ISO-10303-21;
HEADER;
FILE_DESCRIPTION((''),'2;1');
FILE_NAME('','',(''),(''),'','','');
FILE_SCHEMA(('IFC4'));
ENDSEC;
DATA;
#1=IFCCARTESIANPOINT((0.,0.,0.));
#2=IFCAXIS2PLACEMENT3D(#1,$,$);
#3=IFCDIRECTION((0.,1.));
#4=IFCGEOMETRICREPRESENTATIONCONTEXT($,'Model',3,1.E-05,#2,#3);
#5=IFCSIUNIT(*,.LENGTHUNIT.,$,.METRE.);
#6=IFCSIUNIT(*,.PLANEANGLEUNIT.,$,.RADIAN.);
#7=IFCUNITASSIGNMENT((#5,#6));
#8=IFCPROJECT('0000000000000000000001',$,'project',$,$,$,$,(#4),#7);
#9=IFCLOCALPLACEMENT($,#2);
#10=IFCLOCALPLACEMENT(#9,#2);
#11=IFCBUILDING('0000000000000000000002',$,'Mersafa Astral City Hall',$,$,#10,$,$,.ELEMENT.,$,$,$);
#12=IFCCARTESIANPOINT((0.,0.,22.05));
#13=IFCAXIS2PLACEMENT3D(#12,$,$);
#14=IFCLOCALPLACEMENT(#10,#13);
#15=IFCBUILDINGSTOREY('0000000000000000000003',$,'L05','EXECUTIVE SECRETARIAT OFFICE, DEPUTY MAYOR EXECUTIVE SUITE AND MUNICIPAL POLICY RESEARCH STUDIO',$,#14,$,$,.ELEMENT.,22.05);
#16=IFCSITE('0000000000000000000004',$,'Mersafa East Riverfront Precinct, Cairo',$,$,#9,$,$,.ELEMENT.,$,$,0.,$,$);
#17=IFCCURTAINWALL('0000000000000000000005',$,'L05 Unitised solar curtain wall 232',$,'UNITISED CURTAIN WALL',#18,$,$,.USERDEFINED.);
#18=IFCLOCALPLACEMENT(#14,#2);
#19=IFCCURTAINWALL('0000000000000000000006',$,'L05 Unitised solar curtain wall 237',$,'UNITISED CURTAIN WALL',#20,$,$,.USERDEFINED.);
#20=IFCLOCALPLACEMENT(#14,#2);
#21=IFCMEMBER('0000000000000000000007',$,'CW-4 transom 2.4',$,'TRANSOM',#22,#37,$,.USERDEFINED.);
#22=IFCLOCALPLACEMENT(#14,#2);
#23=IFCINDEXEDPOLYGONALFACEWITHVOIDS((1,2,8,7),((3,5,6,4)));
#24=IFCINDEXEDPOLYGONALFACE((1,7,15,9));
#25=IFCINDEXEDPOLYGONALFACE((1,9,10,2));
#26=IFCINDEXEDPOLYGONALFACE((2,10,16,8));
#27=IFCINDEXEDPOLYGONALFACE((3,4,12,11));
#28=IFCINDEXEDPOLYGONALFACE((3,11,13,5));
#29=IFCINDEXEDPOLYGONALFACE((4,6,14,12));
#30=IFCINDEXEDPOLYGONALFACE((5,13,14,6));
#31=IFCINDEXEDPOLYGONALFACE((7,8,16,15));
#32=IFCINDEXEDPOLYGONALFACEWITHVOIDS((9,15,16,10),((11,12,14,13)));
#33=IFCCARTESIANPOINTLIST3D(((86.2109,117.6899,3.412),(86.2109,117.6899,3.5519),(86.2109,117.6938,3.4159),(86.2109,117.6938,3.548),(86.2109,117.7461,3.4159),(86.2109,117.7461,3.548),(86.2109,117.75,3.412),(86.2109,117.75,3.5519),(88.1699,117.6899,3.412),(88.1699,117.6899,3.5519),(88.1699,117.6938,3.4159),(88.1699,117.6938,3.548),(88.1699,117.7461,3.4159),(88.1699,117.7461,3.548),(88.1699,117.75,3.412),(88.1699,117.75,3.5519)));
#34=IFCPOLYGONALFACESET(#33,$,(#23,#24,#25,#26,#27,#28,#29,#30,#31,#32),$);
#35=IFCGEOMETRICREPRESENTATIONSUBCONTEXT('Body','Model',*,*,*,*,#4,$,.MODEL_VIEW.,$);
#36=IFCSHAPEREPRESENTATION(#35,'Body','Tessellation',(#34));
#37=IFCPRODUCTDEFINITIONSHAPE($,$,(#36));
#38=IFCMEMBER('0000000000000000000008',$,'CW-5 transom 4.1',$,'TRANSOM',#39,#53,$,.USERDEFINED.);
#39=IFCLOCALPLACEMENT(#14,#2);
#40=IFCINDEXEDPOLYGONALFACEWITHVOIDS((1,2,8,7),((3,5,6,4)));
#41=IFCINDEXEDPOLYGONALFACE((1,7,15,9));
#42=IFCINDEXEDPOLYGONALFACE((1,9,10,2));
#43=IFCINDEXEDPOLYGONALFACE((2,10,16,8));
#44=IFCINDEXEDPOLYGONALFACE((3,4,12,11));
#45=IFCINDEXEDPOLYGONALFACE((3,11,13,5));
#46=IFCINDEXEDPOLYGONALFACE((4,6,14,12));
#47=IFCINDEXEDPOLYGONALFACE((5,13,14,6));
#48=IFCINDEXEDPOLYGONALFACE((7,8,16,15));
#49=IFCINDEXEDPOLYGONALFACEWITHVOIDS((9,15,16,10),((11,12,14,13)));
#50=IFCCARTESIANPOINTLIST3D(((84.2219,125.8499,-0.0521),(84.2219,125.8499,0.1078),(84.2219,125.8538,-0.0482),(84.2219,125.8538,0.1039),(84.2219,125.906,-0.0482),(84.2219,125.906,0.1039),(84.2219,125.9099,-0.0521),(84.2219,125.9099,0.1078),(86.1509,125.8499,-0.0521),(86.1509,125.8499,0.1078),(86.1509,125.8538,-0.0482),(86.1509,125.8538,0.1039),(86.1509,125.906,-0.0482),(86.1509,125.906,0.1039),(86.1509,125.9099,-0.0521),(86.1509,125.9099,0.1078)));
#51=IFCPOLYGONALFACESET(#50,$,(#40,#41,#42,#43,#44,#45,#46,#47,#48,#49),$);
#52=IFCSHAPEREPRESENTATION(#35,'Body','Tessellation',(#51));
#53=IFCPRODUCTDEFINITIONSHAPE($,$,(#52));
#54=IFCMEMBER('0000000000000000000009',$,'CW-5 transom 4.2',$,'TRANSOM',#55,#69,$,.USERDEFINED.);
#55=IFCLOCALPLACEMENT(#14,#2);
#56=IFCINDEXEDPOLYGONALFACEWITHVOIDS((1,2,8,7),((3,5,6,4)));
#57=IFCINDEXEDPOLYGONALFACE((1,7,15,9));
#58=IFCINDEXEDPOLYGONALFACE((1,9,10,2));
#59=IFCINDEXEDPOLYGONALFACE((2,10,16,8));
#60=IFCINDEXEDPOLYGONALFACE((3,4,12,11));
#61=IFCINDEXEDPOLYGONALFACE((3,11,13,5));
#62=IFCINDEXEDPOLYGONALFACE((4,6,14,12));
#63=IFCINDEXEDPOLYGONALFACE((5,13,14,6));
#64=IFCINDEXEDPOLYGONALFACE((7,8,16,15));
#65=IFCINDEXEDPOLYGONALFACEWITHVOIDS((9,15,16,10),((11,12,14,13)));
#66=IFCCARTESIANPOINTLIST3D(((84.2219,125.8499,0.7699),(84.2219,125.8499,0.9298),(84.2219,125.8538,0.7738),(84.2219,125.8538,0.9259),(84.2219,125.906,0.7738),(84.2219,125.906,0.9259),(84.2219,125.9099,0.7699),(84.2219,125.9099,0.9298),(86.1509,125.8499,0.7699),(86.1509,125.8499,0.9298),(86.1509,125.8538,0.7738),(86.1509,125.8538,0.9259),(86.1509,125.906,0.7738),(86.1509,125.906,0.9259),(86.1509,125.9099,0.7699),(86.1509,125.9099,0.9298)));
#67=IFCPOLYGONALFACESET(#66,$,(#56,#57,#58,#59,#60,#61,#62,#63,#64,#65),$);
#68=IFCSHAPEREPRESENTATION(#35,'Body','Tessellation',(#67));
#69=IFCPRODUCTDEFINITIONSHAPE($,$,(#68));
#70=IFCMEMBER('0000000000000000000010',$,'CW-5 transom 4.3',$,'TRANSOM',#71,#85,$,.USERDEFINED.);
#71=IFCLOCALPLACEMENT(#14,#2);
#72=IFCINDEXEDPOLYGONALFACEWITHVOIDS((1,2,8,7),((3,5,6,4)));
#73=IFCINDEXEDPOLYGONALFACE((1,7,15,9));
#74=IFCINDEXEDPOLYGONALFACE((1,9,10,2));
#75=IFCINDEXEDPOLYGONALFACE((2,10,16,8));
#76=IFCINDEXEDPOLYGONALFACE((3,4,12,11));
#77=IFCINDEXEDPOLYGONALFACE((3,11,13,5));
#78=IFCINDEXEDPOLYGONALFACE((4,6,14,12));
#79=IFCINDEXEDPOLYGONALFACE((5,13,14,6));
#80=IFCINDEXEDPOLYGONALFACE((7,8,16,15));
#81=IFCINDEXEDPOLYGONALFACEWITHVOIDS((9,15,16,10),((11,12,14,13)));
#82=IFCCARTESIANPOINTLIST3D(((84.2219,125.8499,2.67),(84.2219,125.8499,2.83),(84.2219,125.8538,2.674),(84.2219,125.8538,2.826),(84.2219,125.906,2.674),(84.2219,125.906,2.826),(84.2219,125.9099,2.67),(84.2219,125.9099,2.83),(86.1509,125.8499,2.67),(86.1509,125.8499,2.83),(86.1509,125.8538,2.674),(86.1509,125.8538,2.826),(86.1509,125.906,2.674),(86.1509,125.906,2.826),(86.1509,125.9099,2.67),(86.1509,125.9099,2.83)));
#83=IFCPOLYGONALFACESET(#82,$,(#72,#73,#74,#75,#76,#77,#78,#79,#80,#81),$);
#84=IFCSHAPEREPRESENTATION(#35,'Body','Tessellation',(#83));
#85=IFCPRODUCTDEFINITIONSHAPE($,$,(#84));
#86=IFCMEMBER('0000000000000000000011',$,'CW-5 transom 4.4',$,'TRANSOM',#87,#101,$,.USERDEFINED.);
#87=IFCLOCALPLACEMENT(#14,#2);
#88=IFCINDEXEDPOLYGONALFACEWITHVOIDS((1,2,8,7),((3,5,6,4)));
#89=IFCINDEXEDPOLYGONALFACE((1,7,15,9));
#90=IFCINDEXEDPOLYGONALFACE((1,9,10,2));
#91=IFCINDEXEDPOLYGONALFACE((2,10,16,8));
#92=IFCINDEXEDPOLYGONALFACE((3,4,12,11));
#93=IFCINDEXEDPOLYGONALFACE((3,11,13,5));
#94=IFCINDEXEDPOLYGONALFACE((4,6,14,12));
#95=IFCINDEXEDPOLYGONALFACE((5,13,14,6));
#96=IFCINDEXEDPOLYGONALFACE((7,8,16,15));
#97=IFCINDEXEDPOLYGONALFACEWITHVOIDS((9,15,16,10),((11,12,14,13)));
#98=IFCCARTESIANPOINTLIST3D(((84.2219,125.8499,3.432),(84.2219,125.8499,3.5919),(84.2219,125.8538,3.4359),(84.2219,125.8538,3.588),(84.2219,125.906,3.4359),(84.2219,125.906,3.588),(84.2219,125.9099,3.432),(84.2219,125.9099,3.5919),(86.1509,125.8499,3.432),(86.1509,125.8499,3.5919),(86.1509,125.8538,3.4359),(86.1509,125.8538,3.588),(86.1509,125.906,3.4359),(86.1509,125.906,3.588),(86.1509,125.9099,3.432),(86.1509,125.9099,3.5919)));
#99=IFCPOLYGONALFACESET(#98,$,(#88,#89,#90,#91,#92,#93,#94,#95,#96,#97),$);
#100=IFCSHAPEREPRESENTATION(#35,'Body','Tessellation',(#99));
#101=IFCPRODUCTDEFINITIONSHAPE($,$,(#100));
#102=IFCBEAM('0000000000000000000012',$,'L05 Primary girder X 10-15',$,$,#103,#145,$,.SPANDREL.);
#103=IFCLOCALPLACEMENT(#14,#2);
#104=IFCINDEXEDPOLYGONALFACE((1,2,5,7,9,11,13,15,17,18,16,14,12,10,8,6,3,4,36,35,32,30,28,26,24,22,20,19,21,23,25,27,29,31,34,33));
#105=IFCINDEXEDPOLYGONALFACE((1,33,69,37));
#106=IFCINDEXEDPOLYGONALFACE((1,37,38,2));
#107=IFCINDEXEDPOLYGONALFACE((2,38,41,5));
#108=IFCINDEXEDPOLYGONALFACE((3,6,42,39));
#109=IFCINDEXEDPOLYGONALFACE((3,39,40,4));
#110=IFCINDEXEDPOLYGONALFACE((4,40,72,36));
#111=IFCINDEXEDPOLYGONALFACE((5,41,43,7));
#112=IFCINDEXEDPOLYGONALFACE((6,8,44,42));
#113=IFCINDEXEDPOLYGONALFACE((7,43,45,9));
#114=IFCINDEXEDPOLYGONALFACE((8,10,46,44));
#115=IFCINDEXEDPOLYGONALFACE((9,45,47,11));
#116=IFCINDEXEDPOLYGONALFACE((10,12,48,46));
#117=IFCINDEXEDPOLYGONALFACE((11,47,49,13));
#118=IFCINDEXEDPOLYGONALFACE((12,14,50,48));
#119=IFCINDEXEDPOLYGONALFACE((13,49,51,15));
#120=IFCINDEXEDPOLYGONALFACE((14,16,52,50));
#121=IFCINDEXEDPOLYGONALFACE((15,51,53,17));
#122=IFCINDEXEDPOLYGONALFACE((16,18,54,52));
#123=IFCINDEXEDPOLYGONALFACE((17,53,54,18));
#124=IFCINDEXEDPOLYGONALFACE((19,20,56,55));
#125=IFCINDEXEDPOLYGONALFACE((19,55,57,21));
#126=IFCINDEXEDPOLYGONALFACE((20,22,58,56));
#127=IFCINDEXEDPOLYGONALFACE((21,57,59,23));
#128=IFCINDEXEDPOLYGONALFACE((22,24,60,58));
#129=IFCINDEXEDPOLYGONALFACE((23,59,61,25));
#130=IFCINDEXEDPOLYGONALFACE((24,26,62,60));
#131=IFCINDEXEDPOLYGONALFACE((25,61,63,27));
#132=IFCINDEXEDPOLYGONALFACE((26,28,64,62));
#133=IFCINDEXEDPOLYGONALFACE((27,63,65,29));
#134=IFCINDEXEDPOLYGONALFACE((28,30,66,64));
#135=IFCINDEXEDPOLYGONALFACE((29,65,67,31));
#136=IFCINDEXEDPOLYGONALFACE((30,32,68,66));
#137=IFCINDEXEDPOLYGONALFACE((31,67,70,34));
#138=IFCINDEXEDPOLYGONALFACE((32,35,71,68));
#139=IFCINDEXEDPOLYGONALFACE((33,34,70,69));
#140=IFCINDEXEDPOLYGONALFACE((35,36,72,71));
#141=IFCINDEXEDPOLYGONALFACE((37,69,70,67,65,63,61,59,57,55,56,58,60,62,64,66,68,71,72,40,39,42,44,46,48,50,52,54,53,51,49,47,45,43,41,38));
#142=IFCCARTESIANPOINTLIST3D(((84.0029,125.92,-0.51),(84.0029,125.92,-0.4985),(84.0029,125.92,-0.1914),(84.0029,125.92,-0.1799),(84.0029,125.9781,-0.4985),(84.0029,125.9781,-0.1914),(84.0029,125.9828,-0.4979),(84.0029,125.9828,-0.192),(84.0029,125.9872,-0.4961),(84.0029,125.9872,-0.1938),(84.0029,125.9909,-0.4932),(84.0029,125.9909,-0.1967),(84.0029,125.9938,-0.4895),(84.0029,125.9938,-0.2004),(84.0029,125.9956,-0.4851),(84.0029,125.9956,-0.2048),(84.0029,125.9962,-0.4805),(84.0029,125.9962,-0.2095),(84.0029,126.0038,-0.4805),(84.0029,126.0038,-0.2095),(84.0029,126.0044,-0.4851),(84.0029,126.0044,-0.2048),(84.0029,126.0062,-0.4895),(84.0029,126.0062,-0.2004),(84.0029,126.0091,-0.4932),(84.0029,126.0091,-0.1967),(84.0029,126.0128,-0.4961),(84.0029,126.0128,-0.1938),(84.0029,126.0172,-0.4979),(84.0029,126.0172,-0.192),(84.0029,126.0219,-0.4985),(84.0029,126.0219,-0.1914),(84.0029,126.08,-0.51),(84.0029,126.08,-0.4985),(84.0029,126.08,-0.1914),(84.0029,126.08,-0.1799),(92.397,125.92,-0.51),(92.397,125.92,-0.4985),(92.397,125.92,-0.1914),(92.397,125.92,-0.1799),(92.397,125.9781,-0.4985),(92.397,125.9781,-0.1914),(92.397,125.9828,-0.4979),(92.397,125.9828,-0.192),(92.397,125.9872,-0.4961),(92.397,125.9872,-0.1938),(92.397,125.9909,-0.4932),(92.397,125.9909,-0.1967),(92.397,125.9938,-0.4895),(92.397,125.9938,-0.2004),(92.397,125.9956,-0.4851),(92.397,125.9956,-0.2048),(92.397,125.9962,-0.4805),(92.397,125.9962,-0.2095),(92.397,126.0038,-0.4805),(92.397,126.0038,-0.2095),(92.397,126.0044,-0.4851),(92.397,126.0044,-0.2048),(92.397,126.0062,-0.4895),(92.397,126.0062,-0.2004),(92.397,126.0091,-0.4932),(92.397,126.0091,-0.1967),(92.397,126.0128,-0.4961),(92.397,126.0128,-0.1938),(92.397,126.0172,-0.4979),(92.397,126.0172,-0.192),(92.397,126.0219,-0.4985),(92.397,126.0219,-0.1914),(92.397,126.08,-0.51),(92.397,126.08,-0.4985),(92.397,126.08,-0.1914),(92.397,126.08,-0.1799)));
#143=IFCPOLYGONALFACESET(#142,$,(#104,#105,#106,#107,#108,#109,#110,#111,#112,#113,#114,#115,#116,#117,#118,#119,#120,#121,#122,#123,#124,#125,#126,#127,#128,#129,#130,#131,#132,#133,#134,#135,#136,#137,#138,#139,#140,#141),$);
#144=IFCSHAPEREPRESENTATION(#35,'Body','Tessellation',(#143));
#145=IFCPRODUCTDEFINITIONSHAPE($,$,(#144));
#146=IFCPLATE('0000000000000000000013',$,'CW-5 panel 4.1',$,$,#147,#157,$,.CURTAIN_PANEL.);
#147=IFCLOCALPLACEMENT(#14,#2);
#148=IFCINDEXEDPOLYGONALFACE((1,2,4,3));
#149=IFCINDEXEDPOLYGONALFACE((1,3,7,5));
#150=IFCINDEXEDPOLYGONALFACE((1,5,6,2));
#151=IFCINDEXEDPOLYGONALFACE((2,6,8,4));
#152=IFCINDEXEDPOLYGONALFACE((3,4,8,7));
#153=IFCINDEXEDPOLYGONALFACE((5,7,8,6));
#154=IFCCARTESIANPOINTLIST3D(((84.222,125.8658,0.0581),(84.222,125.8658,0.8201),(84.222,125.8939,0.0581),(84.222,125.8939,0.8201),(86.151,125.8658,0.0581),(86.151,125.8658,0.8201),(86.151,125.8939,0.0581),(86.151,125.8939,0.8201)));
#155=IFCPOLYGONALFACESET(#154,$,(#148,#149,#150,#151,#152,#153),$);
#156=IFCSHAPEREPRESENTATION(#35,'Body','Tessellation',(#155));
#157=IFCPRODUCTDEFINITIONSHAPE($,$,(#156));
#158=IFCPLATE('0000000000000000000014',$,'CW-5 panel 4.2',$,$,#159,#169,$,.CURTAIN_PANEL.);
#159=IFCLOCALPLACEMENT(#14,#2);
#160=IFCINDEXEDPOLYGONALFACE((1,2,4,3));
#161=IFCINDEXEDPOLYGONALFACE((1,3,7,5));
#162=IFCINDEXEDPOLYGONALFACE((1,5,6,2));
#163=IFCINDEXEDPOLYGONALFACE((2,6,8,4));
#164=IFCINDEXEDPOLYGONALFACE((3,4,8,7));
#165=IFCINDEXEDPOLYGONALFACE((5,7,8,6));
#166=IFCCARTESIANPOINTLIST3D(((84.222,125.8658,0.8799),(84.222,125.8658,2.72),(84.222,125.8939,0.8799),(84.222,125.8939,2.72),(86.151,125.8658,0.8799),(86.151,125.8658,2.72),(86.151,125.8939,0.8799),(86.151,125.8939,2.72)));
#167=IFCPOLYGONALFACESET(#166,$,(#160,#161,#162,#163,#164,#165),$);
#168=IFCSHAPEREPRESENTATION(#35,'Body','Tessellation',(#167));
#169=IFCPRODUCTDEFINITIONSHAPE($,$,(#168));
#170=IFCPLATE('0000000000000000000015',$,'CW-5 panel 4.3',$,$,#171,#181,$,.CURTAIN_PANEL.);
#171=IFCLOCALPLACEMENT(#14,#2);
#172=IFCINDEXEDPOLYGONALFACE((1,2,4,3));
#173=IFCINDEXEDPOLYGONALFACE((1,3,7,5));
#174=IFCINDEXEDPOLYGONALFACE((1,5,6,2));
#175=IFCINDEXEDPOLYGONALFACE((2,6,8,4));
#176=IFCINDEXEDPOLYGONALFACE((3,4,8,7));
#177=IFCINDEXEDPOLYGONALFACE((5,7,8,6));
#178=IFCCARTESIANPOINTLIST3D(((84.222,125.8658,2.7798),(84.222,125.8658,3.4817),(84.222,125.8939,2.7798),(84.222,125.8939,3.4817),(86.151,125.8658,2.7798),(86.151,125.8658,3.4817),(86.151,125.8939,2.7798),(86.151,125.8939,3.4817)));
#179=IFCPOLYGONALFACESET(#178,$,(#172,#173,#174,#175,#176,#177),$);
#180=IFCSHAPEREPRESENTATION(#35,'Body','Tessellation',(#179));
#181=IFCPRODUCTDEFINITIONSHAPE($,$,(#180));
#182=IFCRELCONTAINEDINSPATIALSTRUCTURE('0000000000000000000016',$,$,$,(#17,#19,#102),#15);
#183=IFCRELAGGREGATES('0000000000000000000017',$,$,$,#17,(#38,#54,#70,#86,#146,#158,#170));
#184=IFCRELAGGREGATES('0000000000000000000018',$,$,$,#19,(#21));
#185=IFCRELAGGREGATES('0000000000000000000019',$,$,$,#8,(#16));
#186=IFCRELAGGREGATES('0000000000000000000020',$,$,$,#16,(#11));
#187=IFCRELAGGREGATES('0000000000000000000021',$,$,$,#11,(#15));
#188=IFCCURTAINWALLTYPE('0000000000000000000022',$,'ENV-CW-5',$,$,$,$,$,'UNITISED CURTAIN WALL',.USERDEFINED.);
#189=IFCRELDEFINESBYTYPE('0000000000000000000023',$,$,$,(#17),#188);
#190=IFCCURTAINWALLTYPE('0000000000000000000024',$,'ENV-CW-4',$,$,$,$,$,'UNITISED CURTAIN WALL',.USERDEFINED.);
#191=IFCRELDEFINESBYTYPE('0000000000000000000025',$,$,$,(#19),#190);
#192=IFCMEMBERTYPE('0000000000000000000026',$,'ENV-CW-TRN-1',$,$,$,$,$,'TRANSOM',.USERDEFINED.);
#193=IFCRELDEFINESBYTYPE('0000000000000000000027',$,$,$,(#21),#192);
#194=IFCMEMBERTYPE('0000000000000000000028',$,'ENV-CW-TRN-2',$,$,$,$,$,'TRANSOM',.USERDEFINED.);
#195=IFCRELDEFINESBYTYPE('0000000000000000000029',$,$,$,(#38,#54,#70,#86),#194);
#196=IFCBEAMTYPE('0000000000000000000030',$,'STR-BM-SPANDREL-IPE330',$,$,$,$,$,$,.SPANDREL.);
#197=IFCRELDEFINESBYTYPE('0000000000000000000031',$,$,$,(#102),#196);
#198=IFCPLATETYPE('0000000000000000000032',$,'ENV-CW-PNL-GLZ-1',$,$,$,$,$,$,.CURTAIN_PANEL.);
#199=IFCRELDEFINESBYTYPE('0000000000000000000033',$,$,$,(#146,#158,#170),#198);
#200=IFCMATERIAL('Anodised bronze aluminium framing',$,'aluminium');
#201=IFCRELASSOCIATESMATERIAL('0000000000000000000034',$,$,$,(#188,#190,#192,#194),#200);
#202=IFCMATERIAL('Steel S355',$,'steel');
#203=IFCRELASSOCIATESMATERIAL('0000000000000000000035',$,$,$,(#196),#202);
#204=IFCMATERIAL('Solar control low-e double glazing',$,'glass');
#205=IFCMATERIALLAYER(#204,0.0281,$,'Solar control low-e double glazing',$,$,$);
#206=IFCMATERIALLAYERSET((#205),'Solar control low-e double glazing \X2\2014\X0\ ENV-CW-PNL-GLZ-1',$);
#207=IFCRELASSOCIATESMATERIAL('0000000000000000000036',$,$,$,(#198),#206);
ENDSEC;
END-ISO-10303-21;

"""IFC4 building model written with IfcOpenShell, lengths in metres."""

from ifc_helpers import new_model, si_unit, direction, frame, origin, origin_2d, place, context, subcontext, project, spatial, rectangle, hollow_rectangle, i_section, extrude, material, layer, layer_set, material_profile, profile_set, type_object, element, aggregate, save


model = new_model("IFC4")

# Units and contexts
model_context = context("Model", 3, precision=1e-05, world=origin(), true_north=direction((0.0, 1.0)))
body_context = subcontext(model_context, "Body", "Model", "MODEL_VIEW")
ifc_project = project(units=[si_unit("LENGTHUNIT", "METRE"), si_unit("PLANEANGLEUNIT", "RADIAN")], contexts=[model_context])

# Site, building, storey
site_placement = place(None, origin())
site = spatial("IfcSite", under=ifc_project, at=site_placement, Name="Mersafa East Riverfront Precinct, Cairo", CompositionType="ELEMENT", RefElevation=0.0)
building_placement = place(site_placement, origin())
building = spatial("IfcBuilding", under=site, at=building_placement, Name="Mersafa Astral City Hall", CompositionType="ELEMENT")
storey_placement = place(building_placement, frame((0.0, 0.0, 22.05)))
storey = spatial("IfcBuildingStorey", under=building, at=storey_placement, Name="L05", Description="EXECUTIVE SECRETARIAT OFFICE, DEPUTY MAYOR EXECUTIVE SUITE AND MUNICIPAL POLICY RESEARCH STUDIO", CompositionType="ELEMENT", Elevation=22.05)

# Curtain walls, member
ifc_material_1 = material(Name="Anodised bronze aluminium framing", Category="aluminium")
curtain_wall_type_1 = type_object("IfcCurtainWallType", Name="ENV-CW-5", ElementType="UNITISED CURTAIN WALL", PredefinedType="USERDEFINED", material=ifc_material_1)
curtain_wall_1_placement = place(storey_placement, origin())
curtain_wall_1 = element("IfcCurtainWall", 1, at=curtain_wall_1_placement, inside=storey, type_object=curtain_wall_type_1, Name="L05 Unitised solar curtain wall 232", ObjectType="UNITISED CURTAIN WALL", PredefinedType="USERDEFINED")
curtain_wall_type_2 = type_object("IfcCurtainWallType", Name="ENV-CW-4", ElementType="UNITISED CURTAIN WALL", PredefinedType="USERDEFINED", material=ifc_material_1)
curtain_wall_2_placement = place(storey_placement, origin())
curtain_wall_2 = element("IfcCurtainWall", 2, at=curtain_wall_2_placement, inside=storey, type_object=curtain_wall_type_2, Name="L05 Unitised solar curtain wall 237", ObjectType="UNITISED CURTAIN WALL", PredefinedType="USERDEFINED")
ifc_material_profile_1 = material_profile(ifc_material_1, hollow_rectangle(XDim=0.0601, YDim=0.1399, WallThickness=0.0039, at=origin_2d()), Name="RHS 60x140x4")
ifc_profile_set_1 = profile_set([ifc_material_profile_1], Name="Anodised bronze aluminium framing")
member_type_1 = type_object("IfcMemberType", Name="ENV-CW-TRN-1", ElementType="TRANSOM", PredefinedType="USERDEFINED", material=ifc_profile_set_1)
member_1_placement = place(storey_placement, frame((86.2109, 117.72, 3.4819), z_axis=(1.0, 0.0, 0.0), x_axis=(0.0, 1.0, 0.0)))
member_1 = element("IfcMember", 3, at=member_1_placement, type_object=member_type_1, Name="CW-4 transom 2.4", ObjectType="TRANSOM", PredefinedType="USERDEFINED", context=body_context, shape_type="SweptSolid", body=[
    extrude(hollow_rectangle(XDim=0.0601, YDim=0.1399, WallThickness=0.0039, at=origin_2d()), origin(), (0.0, 0.0, 1.0), 1.959),
])

# Members
ifc_material_profile_2 = material_profile(ifc_material_1, hollow_rectangle(XDim=0.0601, YDim=0.1599, WallThickness=0.0039, at=origin_2d()), Name="RHS 60x160x4")
ifc_profile_set_2 = profile_set([ifc_material_profile_2], Name="Anodised bronze aluminium framing")
member_type_2 = type_object("IfcMemberType", Name="ENV-CW-TRN-2", ElementType="TRANSOM", PredefinedType="USERDEFINED", material=ifc_profile_set_2)
member_2_placement = place(storey_placement, frame((86.1509, 125.8799, 0.0278), z_axis=(-1.0, 0.0, 0.0), x_axis=(0.0, -1.0, 0.0)))
member_2 = element("IfcMember", 4, at=member_2_placement, type_object=member_type_2, Name="CW-5 transom 4.1", ObjectType="TRANSOM", PredefinedType="USERDEFINED", context=body_context, shape_type="SweptSolid", body=[
    extrude(hollow_rectangle(XDim=0.0601, YDim=0.1599, WallThickness=0.0039, at=origin_2d()), origin(), (0.0, 0.0, 1.0), 1.929),
])
member_3_placement = place(storey_placement, frame((86.1509, 125.8799, 0.8499), z_axis=(-1.0, 0.0, 0.0), x_axis=(0.0, -1.0, 0.0)))
member_3 = element("IfcMember", 5, at=member_3_placement, type_object=member_type_2, Name="CW-5 transom 4.2", ObjectType="TRANSOM", PredefinedType="USERDEFINED", context=body_context, shape_type="SweptSolid", body=[
    extrude(hollow_rectangle(XDim=0.0601, YDim=0.1599, WallThickness=0.0039, at=origin_2d()), origin(), (0.0, 0.0, 1.0), 1.929),
])
member_4_placement = place(storey_placement, frame((86.1509, 125.8799, 2.75), z_axis=(-1.0, 0.0, 0.0), x_axis=(0.0, -1.0, 0.0)))
member_4 = element("IfcMember", 6, at=member_4_placement, type_object=member_type_2, Name="CW-5 transom 4.3", ObjectType="TRANSOM", PredefinedType="USERDEFINED", context=body_context, shape_type="SweptSolid", body=[
    extrude(hollow_rectangle(XDim=0.0601, YDim=0.1599, WallThickness=0.0039, at=origin_2d()), origin(), (0.0, 0.0, 1.0), 1.929),
])
member_5_placement = place(storey_placement, frame((86.1509, 125.8799, 3.512), z_axis=(-1.0, 0.0, 0.0), x_axis=(0.0, -1.0, 0.0)))
member_5 = element("IfcMember", 7, at=member_5_placement, type_object=member_type_2, Name="CW-5 transom 4.4", ObjectType="TRANSOM", PredefinedType="USERDEFINED", context=body_context, shape_type="SweptSolid", body=[
    extrude(hollow_rectangle(XDim=0.0601, YDim=0.1599, WallThickness=0.0039, at=origin_2d()), origin(), (0.0, 0.0, 1.0), 1.929),
])

# Beam
ifc_material_2 = material(Name="Steel S355", Category="steel")
ifc_material_profile_3 = material_profile(ifc_material_2, i_section(OverallWidth=0.1599, OverallDepth=0.3301, WebThickness=0.0076, FlangeThickness=0.0115, FilletRadius=0.0181, at=origin_2d()), Name="IPE 330")
ifc_profile_set_3 = profile_set([ifc_material_profile_3], Name="Steel S355")
beam_type = type_object("IfcBeamType", Name="STR-BM-SPANDREL-IPE330", PredefinedType="SPANDREL", material=ifc_profile_set_3)
beam_placement = place(storey_placement, frame((84.0029, 126.0, -0.345), z_axis=(1.0, 0.0, 0.0), x_axis=(0.0, 1.0, 0.0)))
element("IfcBeam", 8, at=beam_placement, inside=storey, type_object=beam_type, Name="L05 Primary girder X 10-15", PredefinedType="SPANDREL", context=body_context, shape_type="SweptSolid", body=[
    extrude(i_section(OverallWidth=0.1599, OverallDepth=0.3301, WebThickness=0.0076, FlangeThickness=0.0115, FilletRadius=0.0181, at=origin_2d()), origin(), (0.0, 0.0, 1.0), 8.394),
])

# Plates
ifc_material_3 = material(Name="Solar control low-e double glazing", Category="glass")
ifc_layer_1 = layer(ifc_material_3, 0.0281, Name="Solar control low-e double glazing")
ifc_layer_set_1 = layer_set([ifc_layer_1], Name="Solar control low-e double glazing — ENV-CW-PNL-GLZ-1")
plate_type_1 = type_object("IfcPlateType", Name="ENV-CW-PNL-GLZ-1", PredefinedType="CURTAIN_PANEL", material=ifc_layer_set_1)
plate_1_placement = place(storey_placement, frame((85.1865, 125.8799, 0.0581), z_axis=(0.0, 0.0, 1.0), x_axis=(-1.0, 0.0, 0.0)))
plate_1 = element("IfcPlate", 9, at=plate_1_placement, type_object=plate_type_1, Name="CW-5 panel 4.1", PredefinedType="CURTAIN_PANEL", context=body_context, shape_type="SweptSolid", body=[
    extrude(rectangle(XDim=1.929, YDim=0.0281, at=origin_2d()), origin(), (0.0, 0.0, 1.0), 0.762),
])
plate_2_placement = place(storey_placement, frame((85.1865, 125.8799, 0.8799), z_axis=(0.0, 0.0, 1.0), x_axis=(-1.0, 0.0, 0.0)))
plate_2 = element("IfcPlate", 10, at=plate_2_placement, type_object=plate_type_1, Name="CW-5 panel 4.2", PredefinedType="CURTAIN_PANEL", context=body_context, shape_type="SweptSolid", body=[
    extrude(rectangle(XDim=1.929, YDim=0.0281, at=origin_2d()), origin(), (0.0, 0.0, 1.0), 1.8401),
])
plate_3_placement = place(storey_placement, frame((85.1865, 125.8799, 2.7798), z_axis=(0.0, 0.0, 1.0), x_axis=(-1.0, 0.0, 0.0)))
plate_3 = element("IfcPlate", 11, at=plate_3_placement, type_object=plate_type_1, Name="CW-5 panel 4.3", PredefinedType="CURTAIN_PANEL", context=body_context, shape_type="SweptSolid", body=[
    extrude(rectangle(XDim=1.929, YDim=0.0281, at=origin_2d()), origin(), (0.0, 0.0, 1.0), 0.7019),
])
aggregate(curtain_wall_1, [member_2, member_3, member_4, member_5, plate_1, plate_2, plate_3])
aggregate(curtain_wall_2, [member_1])

save(model, "model.ifc")
